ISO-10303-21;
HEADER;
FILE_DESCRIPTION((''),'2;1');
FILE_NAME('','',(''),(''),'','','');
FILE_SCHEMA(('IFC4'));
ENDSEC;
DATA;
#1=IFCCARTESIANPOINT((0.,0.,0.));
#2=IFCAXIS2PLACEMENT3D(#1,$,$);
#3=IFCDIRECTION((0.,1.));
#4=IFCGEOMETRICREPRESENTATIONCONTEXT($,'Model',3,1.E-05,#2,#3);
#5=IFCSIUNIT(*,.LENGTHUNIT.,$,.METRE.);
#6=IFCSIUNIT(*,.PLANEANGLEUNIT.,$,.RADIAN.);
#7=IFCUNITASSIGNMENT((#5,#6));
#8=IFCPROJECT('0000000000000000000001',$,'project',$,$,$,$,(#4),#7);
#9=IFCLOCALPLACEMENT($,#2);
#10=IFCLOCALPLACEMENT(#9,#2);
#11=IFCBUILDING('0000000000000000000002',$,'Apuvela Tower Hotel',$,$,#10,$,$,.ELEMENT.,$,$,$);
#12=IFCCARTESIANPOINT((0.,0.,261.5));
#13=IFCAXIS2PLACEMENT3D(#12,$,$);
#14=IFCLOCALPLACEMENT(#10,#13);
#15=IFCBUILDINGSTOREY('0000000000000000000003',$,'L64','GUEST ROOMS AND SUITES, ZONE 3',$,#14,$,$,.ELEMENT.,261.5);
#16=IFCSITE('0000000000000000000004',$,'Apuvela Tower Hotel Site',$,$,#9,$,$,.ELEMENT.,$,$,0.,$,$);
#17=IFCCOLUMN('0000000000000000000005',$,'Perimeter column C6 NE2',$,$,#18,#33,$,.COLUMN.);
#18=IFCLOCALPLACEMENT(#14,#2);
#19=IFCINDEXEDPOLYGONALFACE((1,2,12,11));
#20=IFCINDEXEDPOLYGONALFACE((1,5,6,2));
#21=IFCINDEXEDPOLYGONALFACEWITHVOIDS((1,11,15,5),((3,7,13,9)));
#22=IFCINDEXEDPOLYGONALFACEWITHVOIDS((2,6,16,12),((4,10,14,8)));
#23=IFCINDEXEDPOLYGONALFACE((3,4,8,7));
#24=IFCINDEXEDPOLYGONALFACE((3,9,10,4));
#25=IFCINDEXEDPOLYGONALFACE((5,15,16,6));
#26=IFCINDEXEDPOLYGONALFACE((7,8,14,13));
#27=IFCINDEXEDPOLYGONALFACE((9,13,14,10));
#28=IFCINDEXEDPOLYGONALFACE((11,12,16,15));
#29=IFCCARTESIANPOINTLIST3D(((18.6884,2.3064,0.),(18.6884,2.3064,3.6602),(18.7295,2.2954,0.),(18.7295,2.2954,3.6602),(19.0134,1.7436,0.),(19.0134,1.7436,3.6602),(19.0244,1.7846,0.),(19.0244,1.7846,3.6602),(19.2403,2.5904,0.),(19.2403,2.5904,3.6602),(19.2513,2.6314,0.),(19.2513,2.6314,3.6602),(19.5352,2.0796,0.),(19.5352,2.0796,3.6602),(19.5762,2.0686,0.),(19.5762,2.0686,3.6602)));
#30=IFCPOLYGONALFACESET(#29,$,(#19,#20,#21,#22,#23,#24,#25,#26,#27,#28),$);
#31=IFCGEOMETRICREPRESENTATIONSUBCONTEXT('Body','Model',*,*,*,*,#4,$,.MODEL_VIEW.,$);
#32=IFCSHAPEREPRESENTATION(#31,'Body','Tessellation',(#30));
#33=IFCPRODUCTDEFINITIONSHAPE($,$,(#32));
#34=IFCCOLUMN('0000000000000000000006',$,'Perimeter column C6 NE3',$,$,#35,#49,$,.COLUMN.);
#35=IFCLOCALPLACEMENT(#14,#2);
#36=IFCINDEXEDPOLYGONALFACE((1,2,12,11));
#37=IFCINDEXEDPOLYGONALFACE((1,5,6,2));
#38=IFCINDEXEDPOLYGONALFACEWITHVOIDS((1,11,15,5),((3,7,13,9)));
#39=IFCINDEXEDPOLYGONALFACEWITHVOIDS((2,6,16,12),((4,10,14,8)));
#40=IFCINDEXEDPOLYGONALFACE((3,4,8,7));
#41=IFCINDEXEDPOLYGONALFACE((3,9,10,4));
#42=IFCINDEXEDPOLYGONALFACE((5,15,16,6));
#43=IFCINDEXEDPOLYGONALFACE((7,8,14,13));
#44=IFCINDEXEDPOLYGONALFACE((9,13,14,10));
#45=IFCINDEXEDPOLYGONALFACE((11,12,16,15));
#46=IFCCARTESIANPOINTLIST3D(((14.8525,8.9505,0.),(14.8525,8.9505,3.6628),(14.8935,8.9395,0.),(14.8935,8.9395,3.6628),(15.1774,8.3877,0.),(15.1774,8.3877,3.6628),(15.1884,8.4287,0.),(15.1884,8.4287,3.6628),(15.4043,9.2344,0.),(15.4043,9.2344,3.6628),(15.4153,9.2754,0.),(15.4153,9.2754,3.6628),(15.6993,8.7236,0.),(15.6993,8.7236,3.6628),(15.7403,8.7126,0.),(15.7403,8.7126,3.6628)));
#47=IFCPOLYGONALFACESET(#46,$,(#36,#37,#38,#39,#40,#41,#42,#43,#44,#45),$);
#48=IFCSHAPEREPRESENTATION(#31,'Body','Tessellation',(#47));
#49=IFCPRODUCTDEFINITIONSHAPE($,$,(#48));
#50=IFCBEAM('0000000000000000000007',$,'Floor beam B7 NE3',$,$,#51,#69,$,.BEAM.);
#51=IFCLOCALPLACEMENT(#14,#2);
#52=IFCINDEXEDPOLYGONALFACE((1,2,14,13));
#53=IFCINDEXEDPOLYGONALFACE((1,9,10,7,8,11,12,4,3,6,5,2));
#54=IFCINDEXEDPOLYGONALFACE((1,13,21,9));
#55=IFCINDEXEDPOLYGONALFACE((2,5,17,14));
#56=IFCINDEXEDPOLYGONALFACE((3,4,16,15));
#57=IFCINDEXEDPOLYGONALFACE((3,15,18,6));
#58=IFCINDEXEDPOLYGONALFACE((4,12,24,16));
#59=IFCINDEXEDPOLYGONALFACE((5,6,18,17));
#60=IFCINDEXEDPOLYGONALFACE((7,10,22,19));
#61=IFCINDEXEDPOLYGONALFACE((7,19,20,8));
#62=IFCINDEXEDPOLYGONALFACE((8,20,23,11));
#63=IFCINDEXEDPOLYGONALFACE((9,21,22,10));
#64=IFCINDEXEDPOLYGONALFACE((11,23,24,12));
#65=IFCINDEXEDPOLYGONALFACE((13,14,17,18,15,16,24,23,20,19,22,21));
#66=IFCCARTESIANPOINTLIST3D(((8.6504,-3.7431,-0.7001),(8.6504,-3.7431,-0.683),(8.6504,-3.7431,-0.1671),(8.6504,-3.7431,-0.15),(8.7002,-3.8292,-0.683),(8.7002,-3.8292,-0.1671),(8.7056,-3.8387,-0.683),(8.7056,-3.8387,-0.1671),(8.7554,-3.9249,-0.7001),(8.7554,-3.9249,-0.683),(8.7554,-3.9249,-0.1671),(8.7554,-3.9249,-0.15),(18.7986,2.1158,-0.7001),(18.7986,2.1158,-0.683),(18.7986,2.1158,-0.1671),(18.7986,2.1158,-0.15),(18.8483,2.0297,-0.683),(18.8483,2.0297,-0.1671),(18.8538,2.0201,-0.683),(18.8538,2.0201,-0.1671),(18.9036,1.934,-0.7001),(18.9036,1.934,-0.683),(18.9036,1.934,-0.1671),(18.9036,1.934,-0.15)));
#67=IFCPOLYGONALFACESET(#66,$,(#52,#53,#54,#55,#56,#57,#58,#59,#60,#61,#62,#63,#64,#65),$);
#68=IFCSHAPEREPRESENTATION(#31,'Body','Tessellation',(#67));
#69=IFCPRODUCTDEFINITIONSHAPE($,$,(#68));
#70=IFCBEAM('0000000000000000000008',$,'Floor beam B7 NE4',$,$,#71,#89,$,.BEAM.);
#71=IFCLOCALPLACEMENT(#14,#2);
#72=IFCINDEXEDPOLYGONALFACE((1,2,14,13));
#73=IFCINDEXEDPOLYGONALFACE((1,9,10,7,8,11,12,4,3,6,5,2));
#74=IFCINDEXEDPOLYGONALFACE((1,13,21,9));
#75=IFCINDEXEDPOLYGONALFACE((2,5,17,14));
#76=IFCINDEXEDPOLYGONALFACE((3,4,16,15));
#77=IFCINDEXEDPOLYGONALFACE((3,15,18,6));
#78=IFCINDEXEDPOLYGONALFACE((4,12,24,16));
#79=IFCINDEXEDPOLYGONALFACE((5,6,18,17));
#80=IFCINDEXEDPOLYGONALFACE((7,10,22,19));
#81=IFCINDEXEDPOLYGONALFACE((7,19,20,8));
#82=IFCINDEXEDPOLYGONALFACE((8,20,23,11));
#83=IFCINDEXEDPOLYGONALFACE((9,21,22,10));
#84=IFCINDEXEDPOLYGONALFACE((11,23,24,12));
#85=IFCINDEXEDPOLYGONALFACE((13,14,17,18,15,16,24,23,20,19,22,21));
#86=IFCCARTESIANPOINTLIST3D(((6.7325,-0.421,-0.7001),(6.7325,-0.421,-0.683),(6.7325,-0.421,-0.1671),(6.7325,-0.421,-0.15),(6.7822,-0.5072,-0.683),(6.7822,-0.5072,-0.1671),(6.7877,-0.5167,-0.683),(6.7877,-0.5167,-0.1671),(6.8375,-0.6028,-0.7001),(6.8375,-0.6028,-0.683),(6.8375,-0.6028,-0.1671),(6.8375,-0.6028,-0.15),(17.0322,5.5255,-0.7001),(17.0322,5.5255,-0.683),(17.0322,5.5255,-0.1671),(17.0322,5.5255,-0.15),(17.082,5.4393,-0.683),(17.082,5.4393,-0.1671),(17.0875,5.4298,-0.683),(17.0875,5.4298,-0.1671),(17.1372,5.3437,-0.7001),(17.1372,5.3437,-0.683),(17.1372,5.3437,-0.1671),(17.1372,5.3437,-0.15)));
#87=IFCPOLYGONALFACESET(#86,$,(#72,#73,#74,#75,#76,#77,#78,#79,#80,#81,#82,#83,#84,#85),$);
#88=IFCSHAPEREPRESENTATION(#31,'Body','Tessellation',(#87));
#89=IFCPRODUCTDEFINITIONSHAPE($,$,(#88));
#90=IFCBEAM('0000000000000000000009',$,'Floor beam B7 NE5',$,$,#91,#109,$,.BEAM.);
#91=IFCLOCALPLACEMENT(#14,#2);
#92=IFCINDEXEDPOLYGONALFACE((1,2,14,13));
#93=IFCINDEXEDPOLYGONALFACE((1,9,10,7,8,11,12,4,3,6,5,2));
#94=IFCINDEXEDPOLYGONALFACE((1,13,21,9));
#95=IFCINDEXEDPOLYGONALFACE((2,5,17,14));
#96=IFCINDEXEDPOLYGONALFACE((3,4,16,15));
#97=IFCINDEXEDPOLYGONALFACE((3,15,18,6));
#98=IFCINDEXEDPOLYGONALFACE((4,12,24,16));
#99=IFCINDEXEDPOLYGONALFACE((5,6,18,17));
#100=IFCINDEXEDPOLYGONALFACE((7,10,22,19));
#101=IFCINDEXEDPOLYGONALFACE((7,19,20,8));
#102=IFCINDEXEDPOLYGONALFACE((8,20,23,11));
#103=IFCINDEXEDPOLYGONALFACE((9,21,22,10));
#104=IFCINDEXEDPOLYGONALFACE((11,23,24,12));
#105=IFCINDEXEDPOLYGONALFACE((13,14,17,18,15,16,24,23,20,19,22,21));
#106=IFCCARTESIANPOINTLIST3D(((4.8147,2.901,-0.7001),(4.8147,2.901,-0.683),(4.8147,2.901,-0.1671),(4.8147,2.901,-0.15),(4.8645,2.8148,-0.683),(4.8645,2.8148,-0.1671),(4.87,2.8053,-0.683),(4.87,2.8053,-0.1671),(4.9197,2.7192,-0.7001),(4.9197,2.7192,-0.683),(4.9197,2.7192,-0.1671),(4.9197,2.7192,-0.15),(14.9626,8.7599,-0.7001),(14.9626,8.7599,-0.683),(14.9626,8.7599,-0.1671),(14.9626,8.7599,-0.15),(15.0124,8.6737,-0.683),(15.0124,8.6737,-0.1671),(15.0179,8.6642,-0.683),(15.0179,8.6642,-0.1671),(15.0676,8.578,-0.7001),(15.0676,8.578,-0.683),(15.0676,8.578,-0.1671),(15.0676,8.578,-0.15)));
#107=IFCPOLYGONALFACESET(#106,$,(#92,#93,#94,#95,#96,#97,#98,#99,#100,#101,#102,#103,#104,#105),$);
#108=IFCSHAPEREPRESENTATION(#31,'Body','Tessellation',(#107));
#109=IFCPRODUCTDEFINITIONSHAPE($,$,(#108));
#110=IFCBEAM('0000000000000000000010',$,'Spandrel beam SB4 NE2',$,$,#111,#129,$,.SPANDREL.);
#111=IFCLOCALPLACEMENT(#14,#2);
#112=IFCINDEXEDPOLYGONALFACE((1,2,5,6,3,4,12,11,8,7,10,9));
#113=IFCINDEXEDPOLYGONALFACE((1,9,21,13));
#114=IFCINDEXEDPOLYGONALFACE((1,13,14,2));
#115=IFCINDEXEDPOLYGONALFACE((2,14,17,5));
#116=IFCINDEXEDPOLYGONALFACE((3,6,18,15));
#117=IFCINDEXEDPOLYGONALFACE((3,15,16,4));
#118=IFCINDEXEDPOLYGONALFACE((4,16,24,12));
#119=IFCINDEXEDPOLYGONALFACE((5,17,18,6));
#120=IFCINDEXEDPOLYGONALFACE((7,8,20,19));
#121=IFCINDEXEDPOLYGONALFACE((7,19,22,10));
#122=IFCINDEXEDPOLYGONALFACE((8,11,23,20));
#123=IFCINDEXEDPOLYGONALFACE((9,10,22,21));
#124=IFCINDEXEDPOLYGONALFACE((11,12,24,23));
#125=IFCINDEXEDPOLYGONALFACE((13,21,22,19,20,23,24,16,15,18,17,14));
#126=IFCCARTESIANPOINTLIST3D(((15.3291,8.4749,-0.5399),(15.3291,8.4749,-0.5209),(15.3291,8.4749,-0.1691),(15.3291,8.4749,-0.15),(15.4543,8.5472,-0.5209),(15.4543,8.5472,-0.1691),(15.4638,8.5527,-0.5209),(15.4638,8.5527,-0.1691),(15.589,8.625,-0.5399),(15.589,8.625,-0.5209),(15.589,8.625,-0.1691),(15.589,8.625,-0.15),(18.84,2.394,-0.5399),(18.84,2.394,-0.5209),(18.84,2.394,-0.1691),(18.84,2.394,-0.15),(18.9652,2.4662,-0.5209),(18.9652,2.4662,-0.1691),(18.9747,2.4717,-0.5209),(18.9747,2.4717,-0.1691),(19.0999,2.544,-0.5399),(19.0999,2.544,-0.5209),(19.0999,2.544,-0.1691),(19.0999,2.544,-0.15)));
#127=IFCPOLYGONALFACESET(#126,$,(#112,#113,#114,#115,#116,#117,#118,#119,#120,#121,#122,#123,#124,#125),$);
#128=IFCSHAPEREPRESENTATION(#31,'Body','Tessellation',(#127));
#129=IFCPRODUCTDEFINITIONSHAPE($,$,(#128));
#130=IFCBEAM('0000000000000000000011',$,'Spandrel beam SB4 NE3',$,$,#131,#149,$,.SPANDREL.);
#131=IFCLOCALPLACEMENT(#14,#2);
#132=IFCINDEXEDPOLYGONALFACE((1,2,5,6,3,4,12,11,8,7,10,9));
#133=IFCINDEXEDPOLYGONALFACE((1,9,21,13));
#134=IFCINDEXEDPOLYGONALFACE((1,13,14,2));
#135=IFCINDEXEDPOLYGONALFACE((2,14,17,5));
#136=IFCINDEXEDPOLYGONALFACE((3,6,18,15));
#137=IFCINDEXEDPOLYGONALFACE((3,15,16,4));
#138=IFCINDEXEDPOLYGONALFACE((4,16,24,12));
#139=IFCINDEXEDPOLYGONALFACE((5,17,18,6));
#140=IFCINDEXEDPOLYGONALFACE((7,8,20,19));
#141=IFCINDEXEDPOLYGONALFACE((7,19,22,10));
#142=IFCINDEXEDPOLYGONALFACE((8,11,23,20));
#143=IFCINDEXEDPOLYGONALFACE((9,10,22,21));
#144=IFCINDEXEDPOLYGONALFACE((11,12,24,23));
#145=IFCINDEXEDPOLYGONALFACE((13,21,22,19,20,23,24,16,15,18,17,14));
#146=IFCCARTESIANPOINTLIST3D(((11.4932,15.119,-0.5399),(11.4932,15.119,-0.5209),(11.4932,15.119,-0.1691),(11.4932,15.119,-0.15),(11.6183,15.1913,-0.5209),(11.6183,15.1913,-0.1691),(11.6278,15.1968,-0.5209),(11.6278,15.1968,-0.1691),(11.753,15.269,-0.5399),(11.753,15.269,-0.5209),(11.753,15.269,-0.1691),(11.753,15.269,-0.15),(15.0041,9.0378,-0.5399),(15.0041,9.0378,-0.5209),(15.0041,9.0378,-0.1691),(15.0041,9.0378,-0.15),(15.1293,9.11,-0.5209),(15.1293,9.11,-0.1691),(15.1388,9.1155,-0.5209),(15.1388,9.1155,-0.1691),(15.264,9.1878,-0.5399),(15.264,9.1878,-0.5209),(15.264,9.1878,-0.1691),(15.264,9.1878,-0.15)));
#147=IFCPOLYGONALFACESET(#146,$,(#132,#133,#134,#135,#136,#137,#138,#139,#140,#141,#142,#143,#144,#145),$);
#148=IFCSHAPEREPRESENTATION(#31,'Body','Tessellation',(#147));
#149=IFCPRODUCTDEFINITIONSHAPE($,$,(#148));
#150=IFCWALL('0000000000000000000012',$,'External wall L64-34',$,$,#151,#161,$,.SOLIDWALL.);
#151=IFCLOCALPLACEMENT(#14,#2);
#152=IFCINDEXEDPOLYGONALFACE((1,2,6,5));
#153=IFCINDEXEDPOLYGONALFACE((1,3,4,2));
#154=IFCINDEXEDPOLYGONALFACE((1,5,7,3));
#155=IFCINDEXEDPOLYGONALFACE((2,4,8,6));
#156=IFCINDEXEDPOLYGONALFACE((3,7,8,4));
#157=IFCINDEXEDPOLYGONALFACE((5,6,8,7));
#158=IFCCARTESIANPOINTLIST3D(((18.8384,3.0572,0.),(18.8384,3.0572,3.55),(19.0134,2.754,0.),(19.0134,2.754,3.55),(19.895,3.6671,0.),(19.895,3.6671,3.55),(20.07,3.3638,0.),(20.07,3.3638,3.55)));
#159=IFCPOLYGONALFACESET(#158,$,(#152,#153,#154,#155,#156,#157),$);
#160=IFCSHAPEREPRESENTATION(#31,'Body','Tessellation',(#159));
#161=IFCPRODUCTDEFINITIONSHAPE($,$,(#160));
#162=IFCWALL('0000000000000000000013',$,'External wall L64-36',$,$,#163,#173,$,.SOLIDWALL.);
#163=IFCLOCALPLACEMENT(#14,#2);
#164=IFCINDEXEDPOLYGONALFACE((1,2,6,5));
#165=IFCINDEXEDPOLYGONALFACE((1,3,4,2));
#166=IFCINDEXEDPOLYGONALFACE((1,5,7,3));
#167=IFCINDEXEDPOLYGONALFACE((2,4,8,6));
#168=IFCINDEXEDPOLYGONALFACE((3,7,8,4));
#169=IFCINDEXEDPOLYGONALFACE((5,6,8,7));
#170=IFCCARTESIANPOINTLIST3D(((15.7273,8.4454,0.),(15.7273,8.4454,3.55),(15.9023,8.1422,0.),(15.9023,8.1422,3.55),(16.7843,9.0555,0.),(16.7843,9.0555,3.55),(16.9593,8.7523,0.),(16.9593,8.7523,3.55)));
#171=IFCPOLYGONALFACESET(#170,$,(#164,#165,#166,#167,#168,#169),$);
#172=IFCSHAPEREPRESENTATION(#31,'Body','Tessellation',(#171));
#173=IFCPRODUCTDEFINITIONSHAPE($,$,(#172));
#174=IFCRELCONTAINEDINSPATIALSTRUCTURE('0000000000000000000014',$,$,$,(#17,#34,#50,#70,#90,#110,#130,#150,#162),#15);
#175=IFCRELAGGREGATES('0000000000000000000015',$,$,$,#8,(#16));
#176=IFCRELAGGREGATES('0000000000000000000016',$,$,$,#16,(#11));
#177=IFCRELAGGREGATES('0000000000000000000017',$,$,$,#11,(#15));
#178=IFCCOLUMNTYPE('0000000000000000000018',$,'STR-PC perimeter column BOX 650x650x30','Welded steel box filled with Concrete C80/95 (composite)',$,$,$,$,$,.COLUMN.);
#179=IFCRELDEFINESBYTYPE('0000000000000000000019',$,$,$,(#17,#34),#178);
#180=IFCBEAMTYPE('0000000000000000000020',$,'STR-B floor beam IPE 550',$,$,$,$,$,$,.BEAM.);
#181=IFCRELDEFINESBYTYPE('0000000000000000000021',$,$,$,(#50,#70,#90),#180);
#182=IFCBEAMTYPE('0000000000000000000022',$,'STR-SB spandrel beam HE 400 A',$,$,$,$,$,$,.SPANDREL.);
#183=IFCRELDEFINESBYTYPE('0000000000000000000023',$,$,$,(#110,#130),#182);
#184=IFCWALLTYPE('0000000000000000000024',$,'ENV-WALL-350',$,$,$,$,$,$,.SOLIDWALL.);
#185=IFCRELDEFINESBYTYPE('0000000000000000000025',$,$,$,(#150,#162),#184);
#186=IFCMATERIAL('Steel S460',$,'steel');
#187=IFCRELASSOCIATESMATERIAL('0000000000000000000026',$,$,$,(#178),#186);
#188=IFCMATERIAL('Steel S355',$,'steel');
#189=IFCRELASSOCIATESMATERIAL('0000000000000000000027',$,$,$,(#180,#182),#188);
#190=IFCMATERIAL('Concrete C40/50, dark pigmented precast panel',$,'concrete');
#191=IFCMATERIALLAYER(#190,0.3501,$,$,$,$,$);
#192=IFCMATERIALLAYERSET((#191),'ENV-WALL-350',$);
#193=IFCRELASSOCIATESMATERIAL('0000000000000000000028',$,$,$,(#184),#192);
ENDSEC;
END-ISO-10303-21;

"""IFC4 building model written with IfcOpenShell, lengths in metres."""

from ifc_helpers import new_model, si_unit, direction, frame, frame_2d, origin, origin_2d, place, context, subcontext, project, spatial, rectangle, hollow_rectangle, i_section, extrude, boolean, halfspace, material, layer, layer_set, material_profile, profile_set, type_object, element, save


model = new_model("IFC4")

# Units and contexts
model_context = context("Model", 3, precision=1e-05, world=origin(), true_north=direction((0.0, 1.0)))
body_context = subcontext(model_context, "Body", "Model", "MODEL_VIEW")
ifc_project = project(units=[si_unit("LENGTHUNIT", "METRE"), si_unit("PLANEANGLEUNIT", "RADIAN")], contexts=[model_context])

# Site, building, storey
site_placement = place(None, origin())
site = spatial("IfcSite", under=ifc_project, at=site_placement, Name="Apuvela Tower Hotel Site", CompositionType="ELEMENT", RefElevation=0.0)
building_placement = place(site_placement, origin())
building = spatial("IfcBuilding", under=site, at=building_placement, Name="Apuvela Tower Hotel", CompositionType="ELEMENT")
storey_placement = place(building_placement, frame((0.0, 0.0, 261.5)))
storey = spatial("IfcBuildingStorey", under=building, at=storey_placement, Name="L64", Description="GUEST ROOMS AND SUITES, ZONE 3", CompositionType="ELEMENT", Elevation=261.5)

# Columns
ifc_material_1 = material(Name="Steel S460", Category="steel")
ifc_material_profile_1 = material_profile(ifc_material_1, hollow_rectangle(XDim=0.6499, YDim=0.6499, WallThickness=0.03, at=origin_2d()), Name="BOX 650x650x30")
ifc_material_2 = material(Name="Concrete C80/95", Category="concrete")
ifc_material_profile_2 = material_profile(ifc_material_2, rectangle(XDim=0.5901, YDim=0.5901, at=origin_2d()), Name="Concrete C80/95 infill")
ifc_profile_set_1 = profile_set([ifc_material_profile_1, ifc_material_profile_2], Name="Steel S460")
column_type = type_object("IfcColumnType", Name="STR-PC perimeter column BOX 650x650x30", Description="Welded steel box filled with Concrete C80/95 (composite)", PredefinedType="COLUMN", material=ifc_profile_set_1)
column_1_placement = place(storey_placement, frame((19.1323, 2.1875, 0.0), z_axis=(0.0, 0.0, 1.0), x_axis=(-0.5, 0.866025, 0.0)))
element("IfcColumn", 1, at=column_1_placement, inside=storey, type_object=column_type, Name="Perimeter column C6 NE2", PredefinedType="COLUMN", context=body_context, shape_type="SweptSolid", body=[
    boolean("DIFFERENCE", extrude(hollow_rectangle(XDim=0.6499, YDim=0.6499, WallThickness=0.03, at=origin_2d()), origin(), (0.0, 0.0, 1.0), 3.7), halfspace(frame((0.0, 0.0, 3.6602), z_axis=(0.0, 0.0, 1.0), x_axis=(1.0, 0.0, 0.0)), False)),
])
column_2_placement = place(storey_placement, frame((15.2964, 8.8315, 0.0), z_axis=(0.0, 0.0, 1.0), x_axis=(-0.5, 0.866025, 0.0)))
element("IfcColumn", 2, at=column_2_placement, inside=storey, type_object=column_type, Name="Perimeter column C6 NE3", PredefinedType="COLUMN", context=body_context, shape_type="SweptSolid", body=[
    boolean("DIFFERENCE", extrude(hollow_rectangle(XDim=0.6499, YDim=0.6499, WallThickness=0.03, at=origin_2d()), origin(), (0.0, 0.0, 1.0), 3.7), halfspace(frame((0.0, 0.0, 3.6628), z_axis=(0.0, 0.0, 1.0), x_axis=(1.0, 0.0, 0.0)), False)),
])

# Beams
ifc_material_3 = material(Name="Steel S355", Category="steel")
ifc_material_profile_3 = material_profile(ifc_material_3, i_section(OverallWidth=0.21, OverallDepth=0.55, WebThickness=0.011, FlangeThickness=0.0171, at=origin_2d()), Name="IPE 550")
ifc_profile_set_2 = profile_set([ifc_material_profile_3], Name="Steel S355")
beam_type_1 = type_object("IfcBeamType", Name="STR-B floor beam IPE 550", PredefinedType="BEAM", material=ifc_profile_set_2)
beam_1_placement = place(storey_placement, frame((18.8511, 2.0249, -0.425), z_axis=(-0.866032, -0.499989, 0.0), x_axis=(0.499989, -0.866032, 0.0)))
element("IfcBeam", 3, at=beam_1_placement, inside=storey, type_object=beam_type_1, Name="Floor beam B7 NE3", PredefinedType="BEAM", context=body_context, shape_type="SweptSolid", body=[
    extrude(i_section(OverallWidth=0.21, OverallDepth=0.55, WebThickness=0.011, FlangeThickness=0.0171, at=origin_2d()), origin(), (0.0, 0.0, 1.0), 11.718),
])
beam_2_placement = place(storey_placement, frame((17.0847, 5.4346, -0.425), z_axis=(-0.866028, -0.499996, 0.0), x_axis=(0.499996, -0.866028, 0.0)))
element("IfcBeam", 4, at=beam_2_placement, inside=storey, type_object=beam_type_1, Name="Floor beam B7 NE4", PredefinedType="BEAM", context=body_context, shape_type="SweptSolid", body=[
    extrude(i_section(OverallWidth=0.21, OverallDepth=0.55, WebThickness=0.011, FlangeThickness=0.0171, at=origin_2d()), origin(), (0.0, 0.0, 1.0), 11.8931),
])
beam_3_placement = place(storey_placement, frame((15.0151, 8.6689, -0.425), z_axis=(-0.866027, -0.499998, 0.0), x_axis=(0.499998, -0.866027, 0.0)))
element("IfcBeam", 5, at=beam_3_placement, inside=storey, type_object=beam_type_1, Name="Floor beam B7 NE5", PredefinedType="BEAM", context=body_context, shape_type="SweptSolid", body=[
    extrude(i_section(OverallWidth=0.21, OverallDepth=0.55, WebThickness=0.011, FlangeThickness=0.0171, at=origin_2d()), origin(), (0.0, 0.0, 1.0), 11.7178),
])
ifc_material_profile_4 = material_profile(ifc_material_3, i_section(OverallWidth=0.3, OverallDepth=0.3899, WebThickness=0.011, FlangeThickness=0.019, at=origin_2d()), Name="HE 400 A")
ifc_profile_set_3 = profile_set([ifc_material_profile_4], Name="Steel S355")
beam_type_2 = type_object("IfcBeamType", Name="STR-SB spandrel beam HE 400 A", PredefinedType="SPANDREL", material=ifc_profile_set_3)
beam_4_placement = place(storey_placement, frame((18.97, 2.469, -0.345), z_axis=(-0.500009, 0.86602, 0.0), x_axis=(-0.86602, -0.500009, 0.0)))
element("IfcBeam", 6, at=beam_4_placement, inside=storey, type_object=beam_type_2, Name="Spandrel beam SB4 NE2", PredefinedType="SPANDREL", context=body_context, shape_type="SweptSolid", body=[
    extrude(i_section(OverallWidth=0.3, OverallDepth=0.3899, WebThickness=0.011, FlangeThickness=0.019, at=origin_2d()), origin(), (0.0, 0.0, 1.0), 7.0217),
])
beam_5_placement = place(storey_placement, frame((15.134, 9.1128, -0.345), z_axis=(-0.499994, 0.866029, 0.0), x_axis=(-0.866029, -0.499994, 0.0)))
element("IfcBeam", 7, at=beam_5_placement, inside=storey, type_object=beam_type_2, Name="Spandrel beam SB4 NE3", PredefinedType="SPANDREL", context=body_context, shape_type="SweptSolid", body=[
    extrude(i_section(OverallWidth=0.3, OverallDepth=0.3899, WebThickness=0.011, FlangeThickness=0.019, at=origin_2d()), origin(), (0.0, 0.0, 1.0), 7.022),
])

# Wall
ifc_material_4 = material(Name="Concrete C40/50, dark pigmented precast panel", Category="concrete")
ifc_layer_1 = layer(ifc_material_4, 0.3501)
ifc_layer_set_1 = layer_set([ifc_layer_1], Name="ENV-WALL-350")
wall_type_1 = type_object("IfcWallType", Name="ENV-WALL-350", PredefinedType="SOLIDWALL", material=ifc_layer_set_1)
wall_1_placement = place(storey_placement, frame((19.9824, 3.5154, 0.0), z_axis=(0.0, 0.0, 1.0), x_axis=(-0.866092, -0.499884, 0.0)))
element("IfcWall", 8, at=wall_1_placement, inside=storey, type_object=wall_type_1, Name="External wall L64-34", PredefinedType="SOLIDWALL", context=body_context, shape_type="SweptSolid", body=[
    extrude(rectangle(XDim=1.22, YDim=0.3501, at=frame_2d((0.6099, 0.0))), origin(), (0.0, 0.0, 1.0), 3.55),
])

# Wall
wall_2_placement = place(storey_placement, frame((15.8147, 8.2937, 0.0), z_axis=(0.0, 0.0, 1.0), x_axis=(0.866056, 0.499948, 0.0)))
element("IfcWall", 9, at=wall_2_placement, inside=storey, type_object=wall_type_1, Name="External wall L64-36", PredefinedType="SOLIDWALL", context=body_context, shape_type="SweptSolid", body=[
    extrude(rectangle(XDim=1.2205, YDim=0.3501, at=frame_2d((0.6104, 0.0))), origin(), (0.0, 0.0, 1.0), 3.55),
])

save(model, "model.ifc")
